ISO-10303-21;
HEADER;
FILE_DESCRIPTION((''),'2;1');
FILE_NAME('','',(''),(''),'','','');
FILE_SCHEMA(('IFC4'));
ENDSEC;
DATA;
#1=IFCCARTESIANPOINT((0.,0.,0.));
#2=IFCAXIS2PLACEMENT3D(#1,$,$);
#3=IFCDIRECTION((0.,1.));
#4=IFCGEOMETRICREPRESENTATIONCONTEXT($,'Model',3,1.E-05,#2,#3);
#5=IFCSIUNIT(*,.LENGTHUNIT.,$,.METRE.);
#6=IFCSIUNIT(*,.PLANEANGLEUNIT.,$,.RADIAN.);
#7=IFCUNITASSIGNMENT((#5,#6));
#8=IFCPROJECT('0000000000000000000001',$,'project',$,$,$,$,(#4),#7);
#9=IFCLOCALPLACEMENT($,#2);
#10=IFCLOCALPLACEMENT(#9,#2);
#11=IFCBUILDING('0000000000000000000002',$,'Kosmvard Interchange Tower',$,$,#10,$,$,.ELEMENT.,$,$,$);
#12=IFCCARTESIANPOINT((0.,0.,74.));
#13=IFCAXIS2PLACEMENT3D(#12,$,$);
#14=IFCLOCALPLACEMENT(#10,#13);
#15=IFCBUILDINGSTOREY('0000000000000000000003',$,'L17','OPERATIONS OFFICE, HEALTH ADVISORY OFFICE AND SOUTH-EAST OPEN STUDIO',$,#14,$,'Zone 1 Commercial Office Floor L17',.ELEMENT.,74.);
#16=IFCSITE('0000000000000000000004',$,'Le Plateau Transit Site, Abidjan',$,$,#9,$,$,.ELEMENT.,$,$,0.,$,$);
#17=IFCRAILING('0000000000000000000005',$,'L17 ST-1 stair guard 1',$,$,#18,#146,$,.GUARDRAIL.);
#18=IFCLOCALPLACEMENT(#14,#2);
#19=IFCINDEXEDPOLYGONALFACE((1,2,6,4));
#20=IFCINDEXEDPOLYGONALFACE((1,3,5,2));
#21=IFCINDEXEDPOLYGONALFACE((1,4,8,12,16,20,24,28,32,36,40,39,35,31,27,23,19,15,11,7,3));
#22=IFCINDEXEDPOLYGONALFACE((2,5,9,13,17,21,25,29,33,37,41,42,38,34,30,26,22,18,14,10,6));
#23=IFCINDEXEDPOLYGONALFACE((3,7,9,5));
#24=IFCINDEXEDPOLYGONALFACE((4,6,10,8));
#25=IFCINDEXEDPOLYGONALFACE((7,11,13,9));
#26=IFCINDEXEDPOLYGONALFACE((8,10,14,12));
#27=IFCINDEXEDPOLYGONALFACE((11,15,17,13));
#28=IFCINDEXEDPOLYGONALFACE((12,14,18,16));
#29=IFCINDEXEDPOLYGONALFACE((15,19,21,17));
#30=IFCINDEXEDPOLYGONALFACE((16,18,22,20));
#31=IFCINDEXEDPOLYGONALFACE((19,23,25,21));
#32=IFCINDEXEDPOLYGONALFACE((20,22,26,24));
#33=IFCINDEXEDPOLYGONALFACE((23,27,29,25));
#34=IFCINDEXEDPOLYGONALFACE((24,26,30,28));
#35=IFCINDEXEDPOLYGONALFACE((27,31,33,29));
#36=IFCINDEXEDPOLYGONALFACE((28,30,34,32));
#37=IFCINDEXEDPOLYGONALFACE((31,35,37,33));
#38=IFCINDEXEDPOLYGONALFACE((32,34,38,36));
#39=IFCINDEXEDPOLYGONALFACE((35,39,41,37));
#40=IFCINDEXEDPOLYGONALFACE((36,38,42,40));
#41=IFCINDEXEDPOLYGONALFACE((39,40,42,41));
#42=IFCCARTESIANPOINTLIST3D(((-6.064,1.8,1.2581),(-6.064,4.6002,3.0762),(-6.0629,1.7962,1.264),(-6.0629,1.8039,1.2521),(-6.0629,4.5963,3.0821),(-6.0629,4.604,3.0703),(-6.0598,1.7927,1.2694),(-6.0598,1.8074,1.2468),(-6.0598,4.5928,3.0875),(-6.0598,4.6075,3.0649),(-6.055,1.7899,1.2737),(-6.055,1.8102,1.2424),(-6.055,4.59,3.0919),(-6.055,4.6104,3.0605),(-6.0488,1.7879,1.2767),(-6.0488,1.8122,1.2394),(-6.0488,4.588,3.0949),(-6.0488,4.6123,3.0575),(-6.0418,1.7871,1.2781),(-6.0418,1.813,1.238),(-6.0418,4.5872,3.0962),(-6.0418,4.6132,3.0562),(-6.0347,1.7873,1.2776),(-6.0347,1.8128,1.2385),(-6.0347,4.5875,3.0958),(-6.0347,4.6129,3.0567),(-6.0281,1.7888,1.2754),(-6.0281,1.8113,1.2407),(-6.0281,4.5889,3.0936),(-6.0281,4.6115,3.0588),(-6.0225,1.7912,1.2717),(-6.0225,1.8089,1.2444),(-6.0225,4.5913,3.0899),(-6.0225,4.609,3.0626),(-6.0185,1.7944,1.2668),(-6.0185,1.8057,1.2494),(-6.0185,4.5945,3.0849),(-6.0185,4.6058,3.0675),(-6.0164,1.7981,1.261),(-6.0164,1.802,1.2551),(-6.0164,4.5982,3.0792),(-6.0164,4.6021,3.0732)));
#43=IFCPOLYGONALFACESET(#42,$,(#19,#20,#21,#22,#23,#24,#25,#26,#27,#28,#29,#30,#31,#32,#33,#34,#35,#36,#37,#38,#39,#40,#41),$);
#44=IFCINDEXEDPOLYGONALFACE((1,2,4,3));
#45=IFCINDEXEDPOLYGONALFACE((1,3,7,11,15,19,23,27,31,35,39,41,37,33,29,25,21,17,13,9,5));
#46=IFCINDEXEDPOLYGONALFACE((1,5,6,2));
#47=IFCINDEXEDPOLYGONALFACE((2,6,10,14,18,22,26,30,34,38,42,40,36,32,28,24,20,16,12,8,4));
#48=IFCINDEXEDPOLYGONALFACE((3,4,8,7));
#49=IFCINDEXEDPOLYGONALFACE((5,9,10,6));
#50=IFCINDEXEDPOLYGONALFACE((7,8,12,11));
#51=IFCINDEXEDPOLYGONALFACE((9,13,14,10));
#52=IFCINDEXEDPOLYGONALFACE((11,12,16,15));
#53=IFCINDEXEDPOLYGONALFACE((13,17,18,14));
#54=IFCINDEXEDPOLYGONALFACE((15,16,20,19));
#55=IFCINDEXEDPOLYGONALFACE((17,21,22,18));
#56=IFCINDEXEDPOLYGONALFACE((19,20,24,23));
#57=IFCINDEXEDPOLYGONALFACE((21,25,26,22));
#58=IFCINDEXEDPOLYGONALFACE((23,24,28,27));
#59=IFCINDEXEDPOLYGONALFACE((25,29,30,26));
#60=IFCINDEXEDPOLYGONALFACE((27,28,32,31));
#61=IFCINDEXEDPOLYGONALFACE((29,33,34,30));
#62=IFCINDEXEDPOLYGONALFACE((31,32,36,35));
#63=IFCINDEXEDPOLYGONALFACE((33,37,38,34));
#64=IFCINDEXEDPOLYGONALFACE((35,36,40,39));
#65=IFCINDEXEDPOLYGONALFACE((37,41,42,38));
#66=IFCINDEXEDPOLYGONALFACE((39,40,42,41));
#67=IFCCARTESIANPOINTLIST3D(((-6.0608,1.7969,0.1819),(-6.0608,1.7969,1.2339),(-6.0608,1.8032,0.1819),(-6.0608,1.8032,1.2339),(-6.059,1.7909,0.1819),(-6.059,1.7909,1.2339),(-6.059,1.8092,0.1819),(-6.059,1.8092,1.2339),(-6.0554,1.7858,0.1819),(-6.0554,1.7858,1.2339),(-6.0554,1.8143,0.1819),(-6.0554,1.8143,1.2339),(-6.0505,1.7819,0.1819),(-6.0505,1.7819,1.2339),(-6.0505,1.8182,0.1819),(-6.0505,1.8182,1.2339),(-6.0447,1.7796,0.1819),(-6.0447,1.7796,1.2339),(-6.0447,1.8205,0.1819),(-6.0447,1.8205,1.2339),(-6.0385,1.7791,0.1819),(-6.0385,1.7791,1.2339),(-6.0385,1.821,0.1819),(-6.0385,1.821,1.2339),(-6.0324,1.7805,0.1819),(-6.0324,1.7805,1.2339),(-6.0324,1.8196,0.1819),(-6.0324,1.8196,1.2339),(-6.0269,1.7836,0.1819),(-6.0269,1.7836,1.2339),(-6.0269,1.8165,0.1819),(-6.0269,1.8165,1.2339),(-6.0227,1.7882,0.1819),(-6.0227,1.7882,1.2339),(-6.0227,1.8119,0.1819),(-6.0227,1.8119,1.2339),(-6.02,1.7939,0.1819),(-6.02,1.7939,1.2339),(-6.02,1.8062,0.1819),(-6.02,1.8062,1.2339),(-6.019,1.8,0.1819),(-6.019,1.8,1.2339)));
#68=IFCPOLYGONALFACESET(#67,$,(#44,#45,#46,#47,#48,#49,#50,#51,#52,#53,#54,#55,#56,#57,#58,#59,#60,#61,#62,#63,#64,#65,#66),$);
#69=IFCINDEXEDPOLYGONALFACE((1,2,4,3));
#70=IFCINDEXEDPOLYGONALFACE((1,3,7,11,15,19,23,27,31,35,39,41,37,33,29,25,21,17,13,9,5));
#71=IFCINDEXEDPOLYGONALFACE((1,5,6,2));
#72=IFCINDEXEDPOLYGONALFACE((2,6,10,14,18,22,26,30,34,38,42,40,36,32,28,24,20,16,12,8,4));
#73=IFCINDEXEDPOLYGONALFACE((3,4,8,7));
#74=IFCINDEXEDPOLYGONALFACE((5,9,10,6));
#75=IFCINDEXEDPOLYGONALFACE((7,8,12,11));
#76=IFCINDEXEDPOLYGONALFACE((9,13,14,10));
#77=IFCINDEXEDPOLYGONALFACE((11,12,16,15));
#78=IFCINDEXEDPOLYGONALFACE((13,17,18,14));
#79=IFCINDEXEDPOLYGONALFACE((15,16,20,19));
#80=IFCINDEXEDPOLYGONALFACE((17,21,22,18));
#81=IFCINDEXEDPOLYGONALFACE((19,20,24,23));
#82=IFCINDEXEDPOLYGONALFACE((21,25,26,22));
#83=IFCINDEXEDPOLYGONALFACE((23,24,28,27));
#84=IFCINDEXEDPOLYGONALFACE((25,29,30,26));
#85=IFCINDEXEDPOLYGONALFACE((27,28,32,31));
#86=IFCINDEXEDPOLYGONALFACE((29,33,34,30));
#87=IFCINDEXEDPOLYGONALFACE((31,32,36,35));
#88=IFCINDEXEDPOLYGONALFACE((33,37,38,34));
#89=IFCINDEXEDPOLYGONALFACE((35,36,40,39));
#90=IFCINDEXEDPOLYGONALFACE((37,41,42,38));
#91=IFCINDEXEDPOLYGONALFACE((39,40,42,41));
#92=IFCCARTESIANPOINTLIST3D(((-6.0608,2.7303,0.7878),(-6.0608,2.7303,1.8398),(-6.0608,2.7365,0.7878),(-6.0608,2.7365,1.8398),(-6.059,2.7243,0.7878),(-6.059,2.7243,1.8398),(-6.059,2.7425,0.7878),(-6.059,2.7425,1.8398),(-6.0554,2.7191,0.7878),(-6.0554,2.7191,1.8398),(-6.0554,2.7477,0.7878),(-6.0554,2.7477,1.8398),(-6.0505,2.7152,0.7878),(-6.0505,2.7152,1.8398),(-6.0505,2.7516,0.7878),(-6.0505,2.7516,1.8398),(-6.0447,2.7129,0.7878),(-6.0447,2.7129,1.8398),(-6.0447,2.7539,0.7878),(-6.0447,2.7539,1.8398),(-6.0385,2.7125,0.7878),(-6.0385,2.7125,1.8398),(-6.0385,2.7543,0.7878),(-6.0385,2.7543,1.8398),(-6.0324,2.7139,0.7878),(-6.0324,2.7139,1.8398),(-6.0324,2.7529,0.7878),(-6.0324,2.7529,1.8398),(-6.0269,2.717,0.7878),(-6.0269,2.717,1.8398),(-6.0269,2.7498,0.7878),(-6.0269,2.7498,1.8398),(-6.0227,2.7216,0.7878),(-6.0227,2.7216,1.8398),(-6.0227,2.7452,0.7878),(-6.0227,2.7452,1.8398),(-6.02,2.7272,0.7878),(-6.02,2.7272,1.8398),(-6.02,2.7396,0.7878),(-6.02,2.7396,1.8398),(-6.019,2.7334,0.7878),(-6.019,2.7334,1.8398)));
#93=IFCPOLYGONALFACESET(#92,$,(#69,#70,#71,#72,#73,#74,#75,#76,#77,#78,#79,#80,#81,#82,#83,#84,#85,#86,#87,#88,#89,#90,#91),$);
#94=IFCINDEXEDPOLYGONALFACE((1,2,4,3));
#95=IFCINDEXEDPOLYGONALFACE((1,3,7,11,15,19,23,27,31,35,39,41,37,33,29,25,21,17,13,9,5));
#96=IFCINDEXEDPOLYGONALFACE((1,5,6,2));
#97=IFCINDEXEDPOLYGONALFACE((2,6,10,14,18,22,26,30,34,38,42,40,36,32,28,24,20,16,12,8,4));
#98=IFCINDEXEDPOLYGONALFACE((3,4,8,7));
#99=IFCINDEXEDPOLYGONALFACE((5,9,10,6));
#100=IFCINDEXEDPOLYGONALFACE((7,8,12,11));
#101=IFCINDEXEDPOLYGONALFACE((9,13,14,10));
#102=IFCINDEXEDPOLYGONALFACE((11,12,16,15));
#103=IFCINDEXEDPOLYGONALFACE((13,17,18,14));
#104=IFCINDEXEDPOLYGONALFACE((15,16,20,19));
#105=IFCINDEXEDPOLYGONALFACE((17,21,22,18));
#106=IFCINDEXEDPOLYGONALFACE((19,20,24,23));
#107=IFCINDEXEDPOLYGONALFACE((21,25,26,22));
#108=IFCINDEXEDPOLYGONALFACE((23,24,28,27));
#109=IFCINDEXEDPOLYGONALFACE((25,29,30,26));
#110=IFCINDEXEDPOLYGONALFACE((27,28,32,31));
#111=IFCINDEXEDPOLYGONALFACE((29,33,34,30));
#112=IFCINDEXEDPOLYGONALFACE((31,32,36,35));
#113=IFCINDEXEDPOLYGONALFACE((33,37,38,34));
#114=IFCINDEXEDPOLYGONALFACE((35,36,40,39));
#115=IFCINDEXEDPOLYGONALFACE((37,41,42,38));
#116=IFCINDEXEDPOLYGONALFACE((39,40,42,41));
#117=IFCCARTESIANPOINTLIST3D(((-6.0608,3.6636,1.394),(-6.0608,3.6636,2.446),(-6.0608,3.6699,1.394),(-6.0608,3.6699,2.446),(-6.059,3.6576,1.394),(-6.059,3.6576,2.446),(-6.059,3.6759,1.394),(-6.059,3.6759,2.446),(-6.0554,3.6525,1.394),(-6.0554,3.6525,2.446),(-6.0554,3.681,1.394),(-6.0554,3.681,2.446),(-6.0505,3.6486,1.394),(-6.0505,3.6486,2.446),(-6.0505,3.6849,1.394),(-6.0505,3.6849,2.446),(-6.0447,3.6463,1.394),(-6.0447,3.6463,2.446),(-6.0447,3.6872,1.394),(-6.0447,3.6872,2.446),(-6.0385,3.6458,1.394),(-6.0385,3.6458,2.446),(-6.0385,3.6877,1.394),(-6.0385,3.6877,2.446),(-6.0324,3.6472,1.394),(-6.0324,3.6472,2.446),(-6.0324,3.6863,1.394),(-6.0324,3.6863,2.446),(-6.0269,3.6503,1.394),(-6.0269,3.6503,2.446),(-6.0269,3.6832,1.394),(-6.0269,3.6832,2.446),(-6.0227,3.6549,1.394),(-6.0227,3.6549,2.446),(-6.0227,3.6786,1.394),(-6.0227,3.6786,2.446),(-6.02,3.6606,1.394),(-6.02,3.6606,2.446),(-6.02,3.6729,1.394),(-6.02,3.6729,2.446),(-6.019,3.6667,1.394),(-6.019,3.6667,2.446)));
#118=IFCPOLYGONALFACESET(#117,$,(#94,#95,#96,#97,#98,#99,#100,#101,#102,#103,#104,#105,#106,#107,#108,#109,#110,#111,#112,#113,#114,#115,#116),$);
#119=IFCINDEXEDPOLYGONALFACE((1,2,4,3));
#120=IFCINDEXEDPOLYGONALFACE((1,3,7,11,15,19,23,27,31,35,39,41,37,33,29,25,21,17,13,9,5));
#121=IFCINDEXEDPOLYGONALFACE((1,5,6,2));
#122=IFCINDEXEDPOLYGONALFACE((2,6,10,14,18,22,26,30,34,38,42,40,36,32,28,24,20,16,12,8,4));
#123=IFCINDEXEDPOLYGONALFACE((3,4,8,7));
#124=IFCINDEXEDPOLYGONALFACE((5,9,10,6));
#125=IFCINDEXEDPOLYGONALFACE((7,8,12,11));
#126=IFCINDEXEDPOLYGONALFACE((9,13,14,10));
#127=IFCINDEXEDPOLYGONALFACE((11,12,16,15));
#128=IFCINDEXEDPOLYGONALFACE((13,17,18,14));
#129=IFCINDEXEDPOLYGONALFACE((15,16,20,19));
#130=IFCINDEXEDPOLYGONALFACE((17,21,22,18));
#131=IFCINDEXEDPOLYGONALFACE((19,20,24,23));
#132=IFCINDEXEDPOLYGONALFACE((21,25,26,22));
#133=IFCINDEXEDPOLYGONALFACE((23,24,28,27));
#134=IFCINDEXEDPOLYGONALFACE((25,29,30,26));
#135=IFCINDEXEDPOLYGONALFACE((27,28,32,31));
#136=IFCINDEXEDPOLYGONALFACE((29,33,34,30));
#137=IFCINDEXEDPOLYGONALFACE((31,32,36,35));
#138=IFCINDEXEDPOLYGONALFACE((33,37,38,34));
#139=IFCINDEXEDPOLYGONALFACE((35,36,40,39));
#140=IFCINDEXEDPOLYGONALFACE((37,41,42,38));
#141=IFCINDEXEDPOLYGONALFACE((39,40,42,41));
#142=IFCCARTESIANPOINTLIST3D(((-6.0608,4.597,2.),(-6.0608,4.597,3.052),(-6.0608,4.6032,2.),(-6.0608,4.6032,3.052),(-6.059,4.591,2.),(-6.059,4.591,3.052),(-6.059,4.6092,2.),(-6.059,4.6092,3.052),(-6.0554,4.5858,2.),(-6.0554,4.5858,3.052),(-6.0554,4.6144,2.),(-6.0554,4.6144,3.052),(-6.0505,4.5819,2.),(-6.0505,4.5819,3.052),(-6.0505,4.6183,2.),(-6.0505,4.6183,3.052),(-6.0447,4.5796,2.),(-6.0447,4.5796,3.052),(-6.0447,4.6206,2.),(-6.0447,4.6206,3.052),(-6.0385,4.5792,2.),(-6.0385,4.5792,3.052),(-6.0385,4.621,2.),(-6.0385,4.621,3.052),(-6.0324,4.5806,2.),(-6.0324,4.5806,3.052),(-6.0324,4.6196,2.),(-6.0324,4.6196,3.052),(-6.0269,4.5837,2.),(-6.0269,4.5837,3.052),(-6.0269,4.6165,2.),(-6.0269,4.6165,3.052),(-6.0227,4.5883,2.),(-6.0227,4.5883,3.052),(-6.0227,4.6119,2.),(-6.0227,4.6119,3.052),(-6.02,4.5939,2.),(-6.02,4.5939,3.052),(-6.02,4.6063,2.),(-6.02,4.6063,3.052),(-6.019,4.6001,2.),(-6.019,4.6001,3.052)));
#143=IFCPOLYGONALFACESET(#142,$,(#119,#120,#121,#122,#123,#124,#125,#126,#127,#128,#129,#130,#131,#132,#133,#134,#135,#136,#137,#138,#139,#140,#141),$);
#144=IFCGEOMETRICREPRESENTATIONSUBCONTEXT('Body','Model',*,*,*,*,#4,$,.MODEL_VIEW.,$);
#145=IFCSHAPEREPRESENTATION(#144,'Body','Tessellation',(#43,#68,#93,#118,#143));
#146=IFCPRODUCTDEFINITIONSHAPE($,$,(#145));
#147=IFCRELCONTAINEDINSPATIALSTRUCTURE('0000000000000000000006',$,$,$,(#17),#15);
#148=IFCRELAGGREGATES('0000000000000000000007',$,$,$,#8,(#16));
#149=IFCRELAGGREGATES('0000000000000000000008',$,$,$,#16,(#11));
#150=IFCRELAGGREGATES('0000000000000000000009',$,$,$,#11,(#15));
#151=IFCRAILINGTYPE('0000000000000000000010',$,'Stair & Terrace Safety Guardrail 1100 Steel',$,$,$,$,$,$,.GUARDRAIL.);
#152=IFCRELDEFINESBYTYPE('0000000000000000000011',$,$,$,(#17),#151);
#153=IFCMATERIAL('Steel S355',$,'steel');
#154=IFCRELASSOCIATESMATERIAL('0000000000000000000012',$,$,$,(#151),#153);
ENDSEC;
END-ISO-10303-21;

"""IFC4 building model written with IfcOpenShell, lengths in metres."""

from ifc_helpers import new_model, si_unit, direction, frame, origin, origin_2d, place, context, subcontext, project, spatial, circle, extrude, source, transform, mapped, material, type_object, element, save


model = new_model("IFC4")

# Units and contexts
model_context = context("Model", 3, precision=1e-05, world=origin(), true_north=direction((0.0, 1.0)))
body_context = subcontext(model_context, "Body", "Model", "MODEL_VIEW")
ifc_project = project(units=[si_unit("LENGTHUNIT", "METRE"), si_unit("PLANEANGLEUNIT", "RADIAN")], contexts=[model_context])

# Site, building, storey
site_placement = place(None, origin())
site = spatial("IfcSite", under=ifc_project, at=site_placement, Name="Le Plateau Transit Site, Abidjan", CompositionType="ELEMENT", RefElevation=0.0)
building_placement = place(site_placement, origin())
building = spatial("IfcBuilding", under=site, at=building_placement, Name="Kosmvard Interchange Tower", CompositionType="ELEMENT")
storey_placement = place(building_placement, frame((0.0, 0.0, 74.0)))
storey = spatial("IfcBuildingStorey", under=building, at=storey_placement, Name="L17", Description="OPERATIONS OFFICE, HEALTH ADVISORY OFFICE AND SOUTH-EAST OPEN STUDIO", LongName="Zone 1 Commercial Office Floor L17", CompositionType="ELEMENT", Elevation=74.0)

# Shared definitions
ifc_material_1 = material(Name="Steel S355", Category="steel")

# Railing
railing_type_1 = type_object("IfcRailingType", Name="Stair & Terrace Safety Guardrail 1100 Steel", PredefinedType="GUARDRAIL", material=ifc_material_1)
shared_shape_1 = source(origin(), body_context, "Body", "SweptSolid", [
    extrude(circle(Radius=0.0239, at=origin_2d()), frame((0.0, 0.0, 1.0762), z_axis=(0.0, 0.838706, 0.544585), x_axis=(-1.0, 0.0, 0.0)), (0.0, 0.0, 1.0), 3.3386),
    extrude(circle(Radius=0.021, at=origin_2d()), origin(), (0.0, 0.0, 1.0), 1.052),
    extrude(circle(Radius=0.021, at=origin_2d()), frame((0.0, 0.9333, 0.606)), (0.0, 0.0, 1.0), 1.052),
    extrude(circle(Radius=0.021, at=origin_2d()), frame((0.0, 1.8667, 1.2122)), (0.0, 0.0, 1.0), 1.052),
    extrude(circle(Radius=0.021, at=origin_2d()), frame((0.0, 2.8, 1.8181)), (0.0, 0.0, 1.0), 1.052),
])
railing_1_placement = place(storey_placement, frame((-6.04, 1.8, 0.1819)))
element("IfcRailing", 1, at=railing_1_placement, inside=storey, type_object=railing_type_1, Name="L17 ST-1 stair guard 1", PredefinedType="GUARDRAIL", context=body_context, shape_type="MappedRepresentation", body=[
    mapped(shared_shape_1, transform((0.0, 0.0, 0.0), scale=1.0)),
])

save(model, "model.ifc")
